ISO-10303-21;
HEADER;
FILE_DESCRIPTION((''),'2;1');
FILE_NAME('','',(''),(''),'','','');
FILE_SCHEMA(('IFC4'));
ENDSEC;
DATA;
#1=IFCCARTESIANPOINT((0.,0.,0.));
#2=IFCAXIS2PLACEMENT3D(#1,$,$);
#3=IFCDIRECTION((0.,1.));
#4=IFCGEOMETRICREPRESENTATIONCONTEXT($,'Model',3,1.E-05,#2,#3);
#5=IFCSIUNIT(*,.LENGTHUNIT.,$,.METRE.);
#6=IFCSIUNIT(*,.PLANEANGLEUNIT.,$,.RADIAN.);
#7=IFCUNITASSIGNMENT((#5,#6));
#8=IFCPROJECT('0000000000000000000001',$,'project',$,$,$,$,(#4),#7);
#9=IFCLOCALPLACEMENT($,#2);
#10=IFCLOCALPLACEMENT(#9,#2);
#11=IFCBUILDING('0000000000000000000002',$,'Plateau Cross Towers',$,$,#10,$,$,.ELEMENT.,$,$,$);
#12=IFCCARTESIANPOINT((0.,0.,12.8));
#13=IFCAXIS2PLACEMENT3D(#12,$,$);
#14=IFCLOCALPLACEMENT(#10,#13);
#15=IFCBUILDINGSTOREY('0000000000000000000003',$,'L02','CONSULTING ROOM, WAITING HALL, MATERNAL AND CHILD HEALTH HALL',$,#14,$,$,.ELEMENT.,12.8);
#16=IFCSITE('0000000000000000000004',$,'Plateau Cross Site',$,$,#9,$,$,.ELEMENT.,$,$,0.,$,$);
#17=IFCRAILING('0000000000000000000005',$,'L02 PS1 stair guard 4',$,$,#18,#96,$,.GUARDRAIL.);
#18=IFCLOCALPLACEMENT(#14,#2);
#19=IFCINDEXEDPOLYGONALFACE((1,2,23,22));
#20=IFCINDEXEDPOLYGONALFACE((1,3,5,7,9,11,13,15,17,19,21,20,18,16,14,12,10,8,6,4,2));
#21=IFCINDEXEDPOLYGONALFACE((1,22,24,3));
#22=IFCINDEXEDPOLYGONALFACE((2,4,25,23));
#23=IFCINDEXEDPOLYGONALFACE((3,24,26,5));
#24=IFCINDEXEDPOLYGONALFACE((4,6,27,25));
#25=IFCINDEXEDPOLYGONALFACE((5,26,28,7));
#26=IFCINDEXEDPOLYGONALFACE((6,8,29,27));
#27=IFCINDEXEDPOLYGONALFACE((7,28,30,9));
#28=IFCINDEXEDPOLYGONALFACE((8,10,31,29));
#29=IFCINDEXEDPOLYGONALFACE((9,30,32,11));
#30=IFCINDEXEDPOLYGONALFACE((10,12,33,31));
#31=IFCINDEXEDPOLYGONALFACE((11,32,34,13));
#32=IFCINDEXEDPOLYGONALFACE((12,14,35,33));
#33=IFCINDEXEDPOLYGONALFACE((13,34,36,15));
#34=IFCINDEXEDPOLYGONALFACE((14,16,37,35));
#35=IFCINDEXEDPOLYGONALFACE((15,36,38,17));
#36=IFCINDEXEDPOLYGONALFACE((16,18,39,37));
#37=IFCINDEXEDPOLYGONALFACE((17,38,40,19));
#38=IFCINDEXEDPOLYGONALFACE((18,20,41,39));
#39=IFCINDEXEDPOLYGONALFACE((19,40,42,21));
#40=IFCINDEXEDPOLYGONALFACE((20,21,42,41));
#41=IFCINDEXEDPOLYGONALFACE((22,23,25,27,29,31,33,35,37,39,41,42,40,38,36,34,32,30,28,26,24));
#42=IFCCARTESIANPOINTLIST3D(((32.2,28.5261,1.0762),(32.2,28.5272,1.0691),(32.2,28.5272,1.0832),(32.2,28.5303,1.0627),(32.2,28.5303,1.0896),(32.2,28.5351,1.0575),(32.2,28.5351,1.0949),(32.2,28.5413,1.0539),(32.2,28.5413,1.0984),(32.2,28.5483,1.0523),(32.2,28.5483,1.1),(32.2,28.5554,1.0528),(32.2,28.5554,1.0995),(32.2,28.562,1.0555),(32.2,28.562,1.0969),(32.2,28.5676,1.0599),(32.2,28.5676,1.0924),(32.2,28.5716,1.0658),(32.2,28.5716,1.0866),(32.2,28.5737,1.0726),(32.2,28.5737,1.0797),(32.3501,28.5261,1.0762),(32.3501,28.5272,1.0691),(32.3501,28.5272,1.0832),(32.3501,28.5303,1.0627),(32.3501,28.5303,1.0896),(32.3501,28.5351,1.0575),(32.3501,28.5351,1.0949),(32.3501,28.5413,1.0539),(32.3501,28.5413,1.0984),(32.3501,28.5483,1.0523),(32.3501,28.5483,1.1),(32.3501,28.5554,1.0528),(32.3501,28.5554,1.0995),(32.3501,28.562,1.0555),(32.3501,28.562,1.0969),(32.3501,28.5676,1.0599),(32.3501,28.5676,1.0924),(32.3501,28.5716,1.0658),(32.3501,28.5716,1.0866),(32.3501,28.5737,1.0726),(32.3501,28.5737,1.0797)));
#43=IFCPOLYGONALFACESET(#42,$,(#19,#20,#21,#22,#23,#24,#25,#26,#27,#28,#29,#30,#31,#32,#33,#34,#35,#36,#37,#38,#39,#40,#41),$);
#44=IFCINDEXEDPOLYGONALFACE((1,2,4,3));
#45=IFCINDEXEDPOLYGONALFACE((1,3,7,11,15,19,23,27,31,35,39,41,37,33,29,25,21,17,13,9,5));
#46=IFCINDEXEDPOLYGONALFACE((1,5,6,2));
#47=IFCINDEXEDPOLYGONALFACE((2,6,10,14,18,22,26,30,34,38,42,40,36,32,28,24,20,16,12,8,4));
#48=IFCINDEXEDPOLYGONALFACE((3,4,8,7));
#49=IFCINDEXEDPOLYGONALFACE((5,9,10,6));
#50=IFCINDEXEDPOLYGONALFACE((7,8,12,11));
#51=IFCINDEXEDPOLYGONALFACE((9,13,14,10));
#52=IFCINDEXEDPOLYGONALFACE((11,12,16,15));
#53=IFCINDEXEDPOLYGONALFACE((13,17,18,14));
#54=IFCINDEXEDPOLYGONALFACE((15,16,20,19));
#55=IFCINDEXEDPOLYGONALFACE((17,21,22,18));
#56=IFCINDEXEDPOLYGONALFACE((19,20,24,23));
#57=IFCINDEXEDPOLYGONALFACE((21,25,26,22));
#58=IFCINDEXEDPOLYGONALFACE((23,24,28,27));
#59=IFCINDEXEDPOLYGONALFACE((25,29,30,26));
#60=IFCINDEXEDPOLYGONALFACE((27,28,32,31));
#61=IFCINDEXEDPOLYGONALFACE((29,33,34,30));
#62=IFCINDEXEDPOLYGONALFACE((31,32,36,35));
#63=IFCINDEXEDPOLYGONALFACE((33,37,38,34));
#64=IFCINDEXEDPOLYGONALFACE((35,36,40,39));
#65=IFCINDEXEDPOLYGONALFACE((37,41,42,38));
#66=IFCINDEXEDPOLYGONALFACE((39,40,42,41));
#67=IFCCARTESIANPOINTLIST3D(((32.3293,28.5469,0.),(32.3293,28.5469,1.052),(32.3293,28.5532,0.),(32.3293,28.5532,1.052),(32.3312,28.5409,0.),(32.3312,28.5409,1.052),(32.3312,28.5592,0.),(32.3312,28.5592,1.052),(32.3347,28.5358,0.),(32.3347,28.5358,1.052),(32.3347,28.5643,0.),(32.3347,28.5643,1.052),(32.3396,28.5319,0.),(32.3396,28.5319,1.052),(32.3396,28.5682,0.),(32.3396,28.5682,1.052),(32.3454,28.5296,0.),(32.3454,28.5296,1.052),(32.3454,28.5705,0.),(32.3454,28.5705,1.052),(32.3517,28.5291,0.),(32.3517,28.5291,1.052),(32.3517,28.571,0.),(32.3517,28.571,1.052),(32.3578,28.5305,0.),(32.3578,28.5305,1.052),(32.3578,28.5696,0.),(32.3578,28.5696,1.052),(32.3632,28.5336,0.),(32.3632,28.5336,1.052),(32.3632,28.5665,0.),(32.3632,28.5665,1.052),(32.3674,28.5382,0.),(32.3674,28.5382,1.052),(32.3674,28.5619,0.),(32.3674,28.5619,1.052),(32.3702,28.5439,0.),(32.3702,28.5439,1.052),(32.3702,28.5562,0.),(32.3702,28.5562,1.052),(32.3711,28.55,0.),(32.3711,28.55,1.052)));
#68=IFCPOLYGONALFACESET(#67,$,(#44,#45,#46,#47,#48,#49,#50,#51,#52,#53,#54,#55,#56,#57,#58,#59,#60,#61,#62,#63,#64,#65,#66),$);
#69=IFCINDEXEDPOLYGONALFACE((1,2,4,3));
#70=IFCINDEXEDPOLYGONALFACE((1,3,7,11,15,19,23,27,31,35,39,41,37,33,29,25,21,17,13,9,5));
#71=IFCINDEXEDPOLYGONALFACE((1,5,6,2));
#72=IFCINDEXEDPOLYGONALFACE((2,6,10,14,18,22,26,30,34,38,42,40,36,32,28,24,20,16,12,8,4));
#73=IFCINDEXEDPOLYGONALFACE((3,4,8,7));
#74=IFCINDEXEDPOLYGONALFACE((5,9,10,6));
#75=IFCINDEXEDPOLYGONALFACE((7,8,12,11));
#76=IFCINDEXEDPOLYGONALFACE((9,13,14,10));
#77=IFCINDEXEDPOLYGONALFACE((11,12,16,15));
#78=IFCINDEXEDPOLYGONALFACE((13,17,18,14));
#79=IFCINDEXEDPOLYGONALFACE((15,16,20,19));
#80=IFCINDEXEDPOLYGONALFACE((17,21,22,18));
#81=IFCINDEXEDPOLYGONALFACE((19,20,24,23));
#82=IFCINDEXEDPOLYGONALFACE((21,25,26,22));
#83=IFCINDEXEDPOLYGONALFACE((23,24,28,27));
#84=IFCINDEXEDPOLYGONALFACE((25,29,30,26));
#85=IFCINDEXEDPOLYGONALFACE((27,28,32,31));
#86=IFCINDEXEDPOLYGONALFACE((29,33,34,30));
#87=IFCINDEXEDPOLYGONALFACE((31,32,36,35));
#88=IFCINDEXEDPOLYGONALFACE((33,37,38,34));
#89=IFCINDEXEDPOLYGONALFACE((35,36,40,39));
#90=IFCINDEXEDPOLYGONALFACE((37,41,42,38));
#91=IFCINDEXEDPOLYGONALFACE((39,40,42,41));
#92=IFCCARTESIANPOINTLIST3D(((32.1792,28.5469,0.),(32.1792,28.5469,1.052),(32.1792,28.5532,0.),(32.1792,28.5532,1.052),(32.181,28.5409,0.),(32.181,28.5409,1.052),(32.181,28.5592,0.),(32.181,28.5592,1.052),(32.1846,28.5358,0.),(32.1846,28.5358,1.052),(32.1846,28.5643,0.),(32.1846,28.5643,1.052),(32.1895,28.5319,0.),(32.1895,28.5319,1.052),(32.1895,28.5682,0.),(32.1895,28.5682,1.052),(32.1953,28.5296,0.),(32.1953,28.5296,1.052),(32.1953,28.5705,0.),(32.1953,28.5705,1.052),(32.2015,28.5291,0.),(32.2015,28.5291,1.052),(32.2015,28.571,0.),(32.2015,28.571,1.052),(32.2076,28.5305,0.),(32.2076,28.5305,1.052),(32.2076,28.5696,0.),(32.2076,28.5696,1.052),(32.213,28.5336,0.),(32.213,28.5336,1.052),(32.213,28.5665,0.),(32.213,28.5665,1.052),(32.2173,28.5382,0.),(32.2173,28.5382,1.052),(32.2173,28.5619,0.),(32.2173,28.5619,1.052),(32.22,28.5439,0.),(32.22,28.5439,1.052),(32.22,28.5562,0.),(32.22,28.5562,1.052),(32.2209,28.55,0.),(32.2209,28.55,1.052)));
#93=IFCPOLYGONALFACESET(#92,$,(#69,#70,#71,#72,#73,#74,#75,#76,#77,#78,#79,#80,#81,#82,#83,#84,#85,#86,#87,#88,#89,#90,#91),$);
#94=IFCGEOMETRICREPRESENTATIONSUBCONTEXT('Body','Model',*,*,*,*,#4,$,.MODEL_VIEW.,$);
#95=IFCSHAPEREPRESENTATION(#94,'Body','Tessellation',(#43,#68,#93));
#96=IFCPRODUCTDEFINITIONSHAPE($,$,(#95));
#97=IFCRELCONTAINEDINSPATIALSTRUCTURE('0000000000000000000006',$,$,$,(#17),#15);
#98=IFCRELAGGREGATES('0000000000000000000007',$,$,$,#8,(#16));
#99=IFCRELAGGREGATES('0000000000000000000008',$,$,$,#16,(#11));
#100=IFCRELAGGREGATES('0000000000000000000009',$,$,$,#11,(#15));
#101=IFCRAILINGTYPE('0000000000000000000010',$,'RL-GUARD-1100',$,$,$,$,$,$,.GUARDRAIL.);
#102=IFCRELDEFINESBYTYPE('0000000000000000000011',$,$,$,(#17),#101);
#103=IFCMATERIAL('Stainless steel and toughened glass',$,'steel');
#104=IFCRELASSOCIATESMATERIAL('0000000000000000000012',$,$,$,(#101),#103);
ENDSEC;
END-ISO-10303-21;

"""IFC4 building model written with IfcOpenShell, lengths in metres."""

from ifc_helpers import new_model, si_unit, direction, frame, origin, origin_2d, place, context, subcontext, project, spatial, circle, extrude, material, type_object, element, save


model = new_model("IFC4")

# Units and contexts
model_context = context("Model", 3, precision=1e-05, world=origin(), true_north=direction((0.0, 1.0)))
body_context = subcontext(model_context, "Body", "Model", "MODEL_VIEW")
ifc_project = project(units=[si_unit("LENGTHUNIT", "METRE"), si_unit("PLANEANGLEUNIT", "RADIAN")], contexts=[model_context])

# Site, building, storey
site_placement = place(None, origin())
site = spatial("IfcSite", under=ifc_project, at=site_placement, Name="Plateau Cross Site", CompositionType="ELEMENT", RefElevation=0.0)
building_placement = place(site_placement, origin())
building = spatial("IfcBuilding", under=site, at=building_placement, Name="Plateau Cross Towers", CompositionType="ELEMENT")
storey_placement = place(building_placement, frame((0.0, 0.0, 12.8)))
storey = spatial("IfcBuildingStorey", under=building, at=storey_placement, Name="L02", Description="CONSULTING ROOM, WAITING HALL, MATERNAL AND CHILD HEALTH HALL", CompositionType="ELEMENT", Elevation=12.8)

# Railing
ifc_material_1 = material(Name="Stainless steel and toughened glass", Category="steel")
railing_type_1 = type_object("IfcRailingType", Name="RL-GUARD-1100", PredefinedType="GUARDRAIL", material=ifc_material_1)
railing_1_placement = place(storey_placement, frame((32.3501, 28.55, 0.0)))
element("IfcRailing", 1, at=railing_1_placement, inside=storey, type_object=railing_type_1, Name="L02 PS1 stair guard 4", PredefinedType="GUARDRAIL", context=body_context, shape_type="SweptSolid", body=[
    extrude(circle(Radius=0.0239, at=origin_2d()), frame((0.0, 0.0, 1.0762), z_axis=(-1.0, 0.0, 0.0), x_axis=(0.0, -1.0, 0.0)), (0.0, 0.0, 1.0), 0.1501),
    extrude(circle(Radius=0.021, at=origin_2d()), origin(), (0.0, 0.0, 1.0), 1.052),
    extrude(circle(Radius=0.021, at=origin_2d()), frame((-0.1501, 0.0, 0.0)), (0.0, 0.0, 1.0), 1.052),
])

save(model, "model.ifc")
